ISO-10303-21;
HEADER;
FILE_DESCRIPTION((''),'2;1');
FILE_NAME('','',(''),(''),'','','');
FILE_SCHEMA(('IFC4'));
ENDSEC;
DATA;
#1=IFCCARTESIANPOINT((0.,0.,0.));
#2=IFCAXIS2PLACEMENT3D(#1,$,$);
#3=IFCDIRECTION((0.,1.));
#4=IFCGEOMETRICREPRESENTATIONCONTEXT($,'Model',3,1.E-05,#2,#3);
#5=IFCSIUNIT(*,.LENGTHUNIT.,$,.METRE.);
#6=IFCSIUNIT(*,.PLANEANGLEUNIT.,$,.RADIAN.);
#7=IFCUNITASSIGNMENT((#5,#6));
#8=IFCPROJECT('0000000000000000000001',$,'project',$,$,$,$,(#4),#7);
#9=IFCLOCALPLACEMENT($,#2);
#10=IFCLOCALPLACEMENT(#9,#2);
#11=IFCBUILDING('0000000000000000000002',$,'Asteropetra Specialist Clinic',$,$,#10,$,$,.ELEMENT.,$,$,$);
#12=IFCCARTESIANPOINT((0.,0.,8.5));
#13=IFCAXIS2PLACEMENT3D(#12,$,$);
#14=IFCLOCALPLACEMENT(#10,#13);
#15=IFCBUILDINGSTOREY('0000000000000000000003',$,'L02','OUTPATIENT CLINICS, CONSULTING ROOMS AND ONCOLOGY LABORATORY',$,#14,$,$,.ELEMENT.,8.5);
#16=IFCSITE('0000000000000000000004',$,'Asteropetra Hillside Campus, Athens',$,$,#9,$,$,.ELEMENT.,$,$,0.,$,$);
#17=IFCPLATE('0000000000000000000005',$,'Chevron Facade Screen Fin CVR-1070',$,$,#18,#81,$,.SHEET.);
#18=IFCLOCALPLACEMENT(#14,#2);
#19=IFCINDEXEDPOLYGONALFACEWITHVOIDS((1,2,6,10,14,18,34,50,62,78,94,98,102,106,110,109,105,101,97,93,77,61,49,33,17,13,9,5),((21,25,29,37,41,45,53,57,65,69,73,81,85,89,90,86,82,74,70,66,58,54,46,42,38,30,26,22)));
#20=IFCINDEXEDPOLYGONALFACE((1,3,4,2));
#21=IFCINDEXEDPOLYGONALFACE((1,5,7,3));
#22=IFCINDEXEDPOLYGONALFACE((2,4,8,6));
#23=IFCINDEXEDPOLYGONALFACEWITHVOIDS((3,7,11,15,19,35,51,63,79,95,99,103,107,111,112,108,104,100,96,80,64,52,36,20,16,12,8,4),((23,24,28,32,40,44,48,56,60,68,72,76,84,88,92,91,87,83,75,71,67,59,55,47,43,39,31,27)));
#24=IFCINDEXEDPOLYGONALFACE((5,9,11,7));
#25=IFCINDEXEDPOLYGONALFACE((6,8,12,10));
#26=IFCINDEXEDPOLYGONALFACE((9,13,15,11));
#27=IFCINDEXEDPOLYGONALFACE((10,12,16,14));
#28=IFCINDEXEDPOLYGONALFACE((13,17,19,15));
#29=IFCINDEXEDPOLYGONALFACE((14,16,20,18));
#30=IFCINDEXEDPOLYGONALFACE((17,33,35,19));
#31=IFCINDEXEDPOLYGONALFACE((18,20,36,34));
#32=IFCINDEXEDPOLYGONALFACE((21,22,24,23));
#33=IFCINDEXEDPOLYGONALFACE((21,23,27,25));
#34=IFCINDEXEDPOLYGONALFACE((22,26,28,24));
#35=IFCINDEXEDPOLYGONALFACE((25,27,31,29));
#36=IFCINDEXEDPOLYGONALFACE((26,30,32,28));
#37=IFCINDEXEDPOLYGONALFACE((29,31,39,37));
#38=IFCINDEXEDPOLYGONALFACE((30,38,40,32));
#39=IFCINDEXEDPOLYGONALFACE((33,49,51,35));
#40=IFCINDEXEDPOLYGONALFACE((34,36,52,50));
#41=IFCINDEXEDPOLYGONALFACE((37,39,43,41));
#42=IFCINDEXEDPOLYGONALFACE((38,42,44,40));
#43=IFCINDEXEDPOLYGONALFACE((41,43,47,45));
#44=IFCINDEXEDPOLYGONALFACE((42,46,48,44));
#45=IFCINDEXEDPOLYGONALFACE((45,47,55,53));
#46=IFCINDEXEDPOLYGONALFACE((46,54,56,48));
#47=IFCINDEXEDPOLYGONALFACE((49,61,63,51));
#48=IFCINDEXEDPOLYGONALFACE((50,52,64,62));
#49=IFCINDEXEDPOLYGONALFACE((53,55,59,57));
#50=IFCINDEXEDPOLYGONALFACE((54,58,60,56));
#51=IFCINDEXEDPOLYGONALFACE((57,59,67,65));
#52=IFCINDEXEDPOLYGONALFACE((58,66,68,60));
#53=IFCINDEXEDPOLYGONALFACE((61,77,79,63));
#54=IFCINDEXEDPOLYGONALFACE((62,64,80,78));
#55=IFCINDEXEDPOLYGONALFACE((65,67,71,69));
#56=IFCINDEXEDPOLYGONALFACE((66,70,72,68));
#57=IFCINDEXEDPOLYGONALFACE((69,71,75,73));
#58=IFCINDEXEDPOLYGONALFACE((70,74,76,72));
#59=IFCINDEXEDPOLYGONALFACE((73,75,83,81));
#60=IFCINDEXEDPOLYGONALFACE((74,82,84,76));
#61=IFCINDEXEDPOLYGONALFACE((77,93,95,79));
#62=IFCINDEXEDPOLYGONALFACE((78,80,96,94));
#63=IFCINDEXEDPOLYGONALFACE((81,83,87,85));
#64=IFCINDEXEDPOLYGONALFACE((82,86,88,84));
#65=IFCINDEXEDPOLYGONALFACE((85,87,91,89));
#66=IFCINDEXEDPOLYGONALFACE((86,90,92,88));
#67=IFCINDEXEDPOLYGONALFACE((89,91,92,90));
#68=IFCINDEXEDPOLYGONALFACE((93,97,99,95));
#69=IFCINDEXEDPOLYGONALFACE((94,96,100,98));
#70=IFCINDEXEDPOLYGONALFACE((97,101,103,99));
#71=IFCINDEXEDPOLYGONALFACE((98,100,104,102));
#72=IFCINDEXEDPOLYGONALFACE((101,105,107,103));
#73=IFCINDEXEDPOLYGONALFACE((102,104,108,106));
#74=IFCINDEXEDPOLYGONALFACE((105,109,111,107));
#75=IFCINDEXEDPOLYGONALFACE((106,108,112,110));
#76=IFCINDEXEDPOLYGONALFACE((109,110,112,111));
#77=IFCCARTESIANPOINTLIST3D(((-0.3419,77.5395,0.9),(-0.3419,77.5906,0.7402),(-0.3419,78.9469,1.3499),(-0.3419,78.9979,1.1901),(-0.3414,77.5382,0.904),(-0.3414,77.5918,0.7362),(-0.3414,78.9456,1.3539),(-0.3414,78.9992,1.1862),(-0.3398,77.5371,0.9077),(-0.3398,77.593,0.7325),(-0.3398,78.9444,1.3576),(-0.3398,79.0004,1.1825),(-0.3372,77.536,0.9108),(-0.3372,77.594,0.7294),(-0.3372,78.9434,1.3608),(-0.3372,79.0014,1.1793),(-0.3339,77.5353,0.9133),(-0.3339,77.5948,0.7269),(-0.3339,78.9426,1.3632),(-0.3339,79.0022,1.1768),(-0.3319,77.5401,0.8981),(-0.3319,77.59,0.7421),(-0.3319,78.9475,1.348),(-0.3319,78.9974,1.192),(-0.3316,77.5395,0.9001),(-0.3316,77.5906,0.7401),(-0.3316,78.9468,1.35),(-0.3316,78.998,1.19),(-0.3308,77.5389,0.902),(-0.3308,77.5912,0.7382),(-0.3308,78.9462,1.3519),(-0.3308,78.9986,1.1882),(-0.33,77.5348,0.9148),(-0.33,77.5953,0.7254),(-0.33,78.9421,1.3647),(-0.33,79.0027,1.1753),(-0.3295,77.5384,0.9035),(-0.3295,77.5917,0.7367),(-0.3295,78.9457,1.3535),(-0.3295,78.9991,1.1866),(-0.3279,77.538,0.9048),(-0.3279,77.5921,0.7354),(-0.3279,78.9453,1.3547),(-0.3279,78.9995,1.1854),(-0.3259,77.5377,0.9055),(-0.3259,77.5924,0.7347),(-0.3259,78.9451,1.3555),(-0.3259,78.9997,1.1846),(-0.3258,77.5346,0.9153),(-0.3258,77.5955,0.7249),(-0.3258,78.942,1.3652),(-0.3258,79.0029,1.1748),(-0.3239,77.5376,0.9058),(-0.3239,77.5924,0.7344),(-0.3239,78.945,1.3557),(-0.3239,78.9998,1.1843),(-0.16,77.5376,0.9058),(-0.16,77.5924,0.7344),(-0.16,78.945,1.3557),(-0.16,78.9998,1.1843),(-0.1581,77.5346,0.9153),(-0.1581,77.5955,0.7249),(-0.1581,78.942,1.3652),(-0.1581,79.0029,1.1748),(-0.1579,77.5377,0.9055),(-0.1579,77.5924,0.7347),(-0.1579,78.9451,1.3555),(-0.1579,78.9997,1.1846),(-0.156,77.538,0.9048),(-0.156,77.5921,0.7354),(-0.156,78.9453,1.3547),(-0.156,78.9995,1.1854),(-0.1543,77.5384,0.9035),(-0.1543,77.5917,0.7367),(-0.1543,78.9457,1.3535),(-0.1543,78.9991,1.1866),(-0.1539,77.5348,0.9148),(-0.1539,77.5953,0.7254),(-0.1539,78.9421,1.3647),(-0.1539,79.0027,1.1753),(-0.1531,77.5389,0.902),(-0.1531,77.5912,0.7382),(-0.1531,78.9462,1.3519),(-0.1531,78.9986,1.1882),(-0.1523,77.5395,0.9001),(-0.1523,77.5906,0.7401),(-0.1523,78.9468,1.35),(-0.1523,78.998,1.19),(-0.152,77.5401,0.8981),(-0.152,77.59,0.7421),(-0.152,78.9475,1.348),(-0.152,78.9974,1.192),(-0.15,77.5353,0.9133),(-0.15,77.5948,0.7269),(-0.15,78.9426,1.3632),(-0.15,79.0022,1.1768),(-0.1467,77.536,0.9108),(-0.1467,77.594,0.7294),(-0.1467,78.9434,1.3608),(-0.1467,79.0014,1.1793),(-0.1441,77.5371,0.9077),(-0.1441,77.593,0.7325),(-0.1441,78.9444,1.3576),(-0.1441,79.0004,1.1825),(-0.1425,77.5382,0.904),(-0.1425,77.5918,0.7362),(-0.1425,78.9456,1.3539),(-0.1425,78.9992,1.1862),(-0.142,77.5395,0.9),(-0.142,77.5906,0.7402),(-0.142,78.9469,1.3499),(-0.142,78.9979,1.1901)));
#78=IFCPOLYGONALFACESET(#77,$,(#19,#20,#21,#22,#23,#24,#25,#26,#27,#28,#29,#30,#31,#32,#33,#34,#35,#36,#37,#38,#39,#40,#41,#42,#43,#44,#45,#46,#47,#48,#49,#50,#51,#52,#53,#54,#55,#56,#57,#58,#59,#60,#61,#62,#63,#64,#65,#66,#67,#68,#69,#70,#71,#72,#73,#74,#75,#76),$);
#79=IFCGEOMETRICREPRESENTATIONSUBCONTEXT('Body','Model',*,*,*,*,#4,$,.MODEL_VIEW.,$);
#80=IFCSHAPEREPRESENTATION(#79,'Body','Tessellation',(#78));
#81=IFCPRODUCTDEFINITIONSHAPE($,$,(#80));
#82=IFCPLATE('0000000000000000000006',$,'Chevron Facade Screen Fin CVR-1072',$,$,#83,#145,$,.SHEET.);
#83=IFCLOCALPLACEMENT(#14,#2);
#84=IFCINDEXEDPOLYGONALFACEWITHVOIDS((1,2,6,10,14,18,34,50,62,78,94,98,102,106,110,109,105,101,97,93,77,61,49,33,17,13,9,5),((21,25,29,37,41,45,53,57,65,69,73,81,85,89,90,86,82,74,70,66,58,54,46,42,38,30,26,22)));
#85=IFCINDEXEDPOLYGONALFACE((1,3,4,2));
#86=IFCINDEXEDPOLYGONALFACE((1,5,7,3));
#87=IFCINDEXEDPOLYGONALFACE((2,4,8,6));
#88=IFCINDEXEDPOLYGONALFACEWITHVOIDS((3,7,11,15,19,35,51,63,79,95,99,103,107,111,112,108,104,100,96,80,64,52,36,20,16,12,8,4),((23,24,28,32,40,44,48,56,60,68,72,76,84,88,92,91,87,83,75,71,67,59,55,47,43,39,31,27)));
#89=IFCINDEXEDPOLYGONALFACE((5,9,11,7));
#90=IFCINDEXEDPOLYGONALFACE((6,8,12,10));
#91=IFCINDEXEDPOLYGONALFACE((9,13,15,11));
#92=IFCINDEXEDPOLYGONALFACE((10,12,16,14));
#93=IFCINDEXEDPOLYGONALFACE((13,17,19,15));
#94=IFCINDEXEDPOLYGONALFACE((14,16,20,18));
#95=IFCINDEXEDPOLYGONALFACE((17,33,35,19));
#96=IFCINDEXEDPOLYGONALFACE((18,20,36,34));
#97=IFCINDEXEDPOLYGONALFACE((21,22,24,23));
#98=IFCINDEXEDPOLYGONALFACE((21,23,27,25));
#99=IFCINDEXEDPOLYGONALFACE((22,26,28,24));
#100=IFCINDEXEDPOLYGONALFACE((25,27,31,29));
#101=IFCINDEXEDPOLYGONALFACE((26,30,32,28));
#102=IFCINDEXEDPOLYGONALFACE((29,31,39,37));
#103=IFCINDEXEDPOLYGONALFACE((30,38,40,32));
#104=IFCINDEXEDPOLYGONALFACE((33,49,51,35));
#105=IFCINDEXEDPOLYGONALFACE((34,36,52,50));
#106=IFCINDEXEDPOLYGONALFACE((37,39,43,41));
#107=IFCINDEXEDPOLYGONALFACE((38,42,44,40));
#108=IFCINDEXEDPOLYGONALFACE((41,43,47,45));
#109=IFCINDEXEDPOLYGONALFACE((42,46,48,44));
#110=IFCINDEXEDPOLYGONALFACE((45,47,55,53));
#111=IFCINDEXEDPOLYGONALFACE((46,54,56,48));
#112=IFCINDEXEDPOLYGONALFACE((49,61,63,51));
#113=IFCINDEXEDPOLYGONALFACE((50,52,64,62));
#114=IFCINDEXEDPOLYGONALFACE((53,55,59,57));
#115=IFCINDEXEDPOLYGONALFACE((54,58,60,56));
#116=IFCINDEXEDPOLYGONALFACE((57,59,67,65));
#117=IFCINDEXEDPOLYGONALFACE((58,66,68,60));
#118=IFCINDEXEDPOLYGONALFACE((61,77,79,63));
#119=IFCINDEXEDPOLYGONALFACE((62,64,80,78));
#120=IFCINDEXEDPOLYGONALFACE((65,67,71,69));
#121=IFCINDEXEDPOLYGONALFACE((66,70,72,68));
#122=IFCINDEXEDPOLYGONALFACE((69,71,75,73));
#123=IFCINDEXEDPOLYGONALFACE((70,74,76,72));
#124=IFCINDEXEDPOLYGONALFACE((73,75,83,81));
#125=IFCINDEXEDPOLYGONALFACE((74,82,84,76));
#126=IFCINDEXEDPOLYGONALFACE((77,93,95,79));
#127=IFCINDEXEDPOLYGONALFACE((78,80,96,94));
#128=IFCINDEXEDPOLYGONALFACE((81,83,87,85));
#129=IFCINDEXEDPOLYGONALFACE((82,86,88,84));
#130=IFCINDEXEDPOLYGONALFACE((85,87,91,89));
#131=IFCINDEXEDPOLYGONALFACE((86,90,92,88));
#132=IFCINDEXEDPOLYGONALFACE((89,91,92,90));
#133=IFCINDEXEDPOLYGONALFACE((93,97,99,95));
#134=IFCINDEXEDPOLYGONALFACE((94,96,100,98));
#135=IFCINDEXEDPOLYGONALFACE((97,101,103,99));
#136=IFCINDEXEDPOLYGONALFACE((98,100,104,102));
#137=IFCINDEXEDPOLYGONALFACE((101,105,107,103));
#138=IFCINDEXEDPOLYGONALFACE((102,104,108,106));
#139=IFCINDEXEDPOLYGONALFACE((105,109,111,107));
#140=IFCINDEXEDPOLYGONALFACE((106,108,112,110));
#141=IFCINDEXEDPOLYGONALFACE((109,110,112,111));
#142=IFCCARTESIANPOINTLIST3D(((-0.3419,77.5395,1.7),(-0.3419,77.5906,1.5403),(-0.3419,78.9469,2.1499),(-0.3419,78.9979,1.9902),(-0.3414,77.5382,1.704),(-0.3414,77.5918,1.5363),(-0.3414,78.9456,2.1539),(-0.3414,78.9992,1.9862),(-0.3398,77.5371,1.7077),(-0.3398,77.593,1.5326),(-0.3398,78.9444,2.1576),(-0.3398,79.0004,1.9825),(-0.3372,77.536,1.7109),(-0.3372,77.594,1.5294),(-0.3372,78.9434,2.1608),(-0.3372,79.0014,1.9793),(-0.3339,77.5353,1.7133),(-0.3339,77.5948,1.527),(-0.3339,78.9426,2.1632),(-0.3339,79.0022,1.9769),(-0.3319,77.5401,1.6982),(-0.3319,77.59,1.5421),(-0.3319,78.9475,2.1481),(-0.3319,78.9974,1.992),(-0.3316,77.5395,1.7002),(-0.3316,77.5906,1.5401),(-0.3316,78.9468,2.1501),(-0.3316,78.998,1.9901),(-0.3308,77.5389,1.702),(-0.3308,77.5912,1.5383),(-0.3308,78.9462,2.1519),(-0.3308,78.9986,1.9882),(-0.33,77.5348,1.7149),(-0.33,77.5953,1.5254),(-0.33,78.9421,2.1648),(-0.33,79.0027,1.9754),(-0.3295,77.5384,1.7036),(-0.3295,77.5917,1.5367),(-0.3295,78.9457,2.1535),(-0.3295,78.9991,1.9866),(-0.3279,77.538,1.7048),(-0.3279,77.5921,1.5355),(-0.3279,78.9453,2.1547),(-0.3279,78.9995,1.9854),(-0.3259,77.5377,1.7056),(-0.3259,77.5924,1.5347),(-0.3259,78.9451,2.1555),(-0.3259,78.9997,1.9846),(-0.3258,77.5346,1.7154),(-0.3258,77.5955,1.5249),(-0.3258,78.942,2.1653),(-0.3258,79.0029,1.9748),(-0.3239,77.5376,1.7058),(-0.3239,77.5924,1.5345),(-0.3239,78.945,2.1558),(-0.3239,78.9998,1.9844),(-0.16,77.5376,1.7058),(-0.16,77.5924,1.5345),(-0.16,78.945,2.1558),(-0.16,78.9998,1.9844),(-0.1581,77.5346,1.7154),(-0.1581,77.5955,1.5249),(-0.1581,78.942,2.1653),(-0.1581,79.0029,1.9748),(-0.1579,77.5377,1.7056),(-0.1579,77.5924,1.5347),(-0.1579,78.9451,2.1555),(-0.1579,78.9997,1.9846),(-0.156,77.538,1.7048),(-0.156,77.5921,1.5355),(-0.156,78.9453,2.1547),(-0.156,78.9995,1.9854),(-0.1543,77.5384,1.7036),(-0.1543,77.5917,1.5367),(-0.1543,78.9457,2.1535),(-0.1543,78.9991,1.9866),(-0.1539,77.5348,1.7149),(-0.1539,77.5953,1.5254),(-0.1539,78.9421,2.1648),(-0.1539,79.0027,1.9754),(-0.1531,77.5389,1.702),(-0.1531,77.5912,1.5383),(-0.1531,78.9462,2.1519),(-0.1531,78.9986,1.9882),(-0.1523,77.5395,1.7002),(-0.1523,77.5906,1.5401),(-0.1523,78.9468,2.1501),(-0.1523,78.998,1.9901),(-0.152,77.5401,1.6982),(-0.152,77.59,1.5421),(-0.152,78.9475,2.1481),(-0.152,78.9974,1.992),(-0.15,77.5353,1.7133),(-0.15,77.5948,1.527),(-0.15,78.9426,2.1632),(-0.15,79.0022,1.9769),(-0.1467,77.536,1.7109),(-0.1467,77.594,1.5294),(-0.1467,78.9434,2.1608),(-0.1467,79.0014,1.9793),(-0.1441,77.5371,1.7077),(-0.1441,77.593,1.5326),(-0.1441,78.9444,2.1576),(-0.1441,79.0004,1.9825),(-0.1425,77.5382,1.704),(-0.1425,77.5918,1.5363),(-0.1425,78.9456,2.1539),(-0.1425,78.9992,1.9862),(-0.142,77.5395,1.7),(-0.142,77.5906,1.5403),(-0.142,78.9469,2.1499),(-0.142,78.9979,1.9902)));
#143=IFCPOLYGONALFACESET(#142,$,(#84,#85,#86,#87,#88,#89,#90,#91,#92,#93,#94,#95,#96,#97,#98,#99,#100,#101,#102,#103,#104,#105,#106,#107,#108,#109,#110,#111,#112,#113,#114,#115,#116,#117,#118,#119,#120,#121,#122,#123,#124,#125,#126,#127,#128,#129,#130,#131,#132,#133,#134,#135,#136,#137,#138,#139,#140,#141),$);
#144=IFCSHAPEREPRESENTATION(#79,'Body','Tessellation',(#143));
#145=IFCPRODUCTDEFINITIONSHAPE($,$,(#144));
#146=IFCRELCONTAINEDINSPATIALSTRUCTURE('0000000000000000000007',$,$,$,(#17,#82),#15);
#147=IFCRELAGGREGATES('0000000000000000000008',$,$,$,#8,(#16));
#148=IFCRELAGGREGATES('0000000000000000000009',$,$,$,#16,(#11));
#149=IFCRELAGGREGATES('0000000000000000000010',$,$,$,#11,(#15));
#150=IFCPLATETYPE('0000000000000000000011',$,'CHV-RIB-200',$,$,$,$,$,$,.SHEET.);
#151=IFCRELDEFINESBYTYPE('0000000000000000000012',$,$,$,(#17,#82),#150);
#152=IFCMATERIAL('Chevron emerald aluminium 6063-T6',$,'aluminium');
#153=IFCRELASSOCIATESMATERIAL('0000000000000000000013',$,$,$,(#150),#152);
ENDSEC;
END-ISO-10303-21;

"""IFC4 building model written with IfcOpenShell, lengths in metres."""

from ifc_helpers import new_model, si_unit, direction, frame, origin, origin_2d, place, context, subcontext, project, spatial, hollow_rectangle, extrude, material, material_profile, profile_set, type_object, element, save


model = new_model("IFC4")

# Units and contexts
model_context = context("Model", 3, precision=1e-05, world=origin(), true_north=direction((0.0, 1.0)))
body_context = subcontext(model_context, "Body", "Model", "MODEL_VIEW")
ifc_project = project(units=[si_unit("LENGTHUNIT", "METRE"), si_unit("PLANEANGLEUNIT", "RADIAN")], contexts=[model_context])

# Site, building, storey
site_placement = place(None, origin())
site = spatial("IfcSite", under=ifc_project, at=site_placement, Name="Asteropetra Hillside Campus, Athens", CompositionType="ELEMENT", RefElevation=0.0)
building_placement = place(site_placement, origin())
building = spatial("IfcBuilding", under=site, at=building_placement, Name="Asteropetra Specialist Clinic", CompositionType="ELEMENT")
storey_placement = place(building_placement, frame((0.0, 0.0, 8.5)))
storey = spatial("IfcBuildingStorey", under=building, at=storey_placement, Name="L02", Description="OUTPATIENT CLINICS, CONSULTING ROOMS AND ONCOLOGY LABORATORY", CompositionType="ELEMENT", Elevation=8.5)

# Plates
ifc_material_1 = material(Name="Chevron emerald aluminium 6063-T6", Category="aluminium")
ifc_material_profile_1 = material_profile(ifc_material_1, hollow_rectangle(XDim=0.2, YDim=0.2, WallThickness=0.01, InnerFilletRadius=0.0081, OuterFilletRadius=0.0161, at=origin_2d()), Name="SHS 200x200x10.0")
ifc_profile_set_1 = profile_set([ifc_material_profile_1], Name="Chevron emerald aluminium 6063-T6")
plate_type_1 = type_object("IfcPlateType", Name="CHV-RIB-200", PredefinedType="SHEET", material=ifc_profile_set_1)
for number, where, z_axis, x_axis, name in (
    (1, (-0.2419, 78.9724, 1.27), (0.0, -0.95251, -0.304506), (1.0, 0.0, 0.0), "Chevron Facade Screen Fin CVR-1070"),
    (2, (-0.2419, 78.9724, 2.0701), (0.0, -0.95251, -0.304506), (1.0, 0.0, 0.0), "Chevron Facade Screen Fin CVR-1072"),
):
    element("IfcPlate", number, at=place(storey_placement, frame(where, z_axis=z_axis, x_axis=x_axis)), inside=storey, type_object=plate_type_1, Name=name, PredefinedType="SHEET", context=body_context, shape_type="SweptSolid", body=[
        extrude(hollow_rectangle(XDim=0.2, YDim=0.2, WallThickness=0.01, InnerFilletRadius=0.0081, OuterFilletRadius=0.0161, at=origin_2d()), origin(), (0.0, 0.0, 1.0), 1.4775),
    ])

save(model, "model.ifc")
